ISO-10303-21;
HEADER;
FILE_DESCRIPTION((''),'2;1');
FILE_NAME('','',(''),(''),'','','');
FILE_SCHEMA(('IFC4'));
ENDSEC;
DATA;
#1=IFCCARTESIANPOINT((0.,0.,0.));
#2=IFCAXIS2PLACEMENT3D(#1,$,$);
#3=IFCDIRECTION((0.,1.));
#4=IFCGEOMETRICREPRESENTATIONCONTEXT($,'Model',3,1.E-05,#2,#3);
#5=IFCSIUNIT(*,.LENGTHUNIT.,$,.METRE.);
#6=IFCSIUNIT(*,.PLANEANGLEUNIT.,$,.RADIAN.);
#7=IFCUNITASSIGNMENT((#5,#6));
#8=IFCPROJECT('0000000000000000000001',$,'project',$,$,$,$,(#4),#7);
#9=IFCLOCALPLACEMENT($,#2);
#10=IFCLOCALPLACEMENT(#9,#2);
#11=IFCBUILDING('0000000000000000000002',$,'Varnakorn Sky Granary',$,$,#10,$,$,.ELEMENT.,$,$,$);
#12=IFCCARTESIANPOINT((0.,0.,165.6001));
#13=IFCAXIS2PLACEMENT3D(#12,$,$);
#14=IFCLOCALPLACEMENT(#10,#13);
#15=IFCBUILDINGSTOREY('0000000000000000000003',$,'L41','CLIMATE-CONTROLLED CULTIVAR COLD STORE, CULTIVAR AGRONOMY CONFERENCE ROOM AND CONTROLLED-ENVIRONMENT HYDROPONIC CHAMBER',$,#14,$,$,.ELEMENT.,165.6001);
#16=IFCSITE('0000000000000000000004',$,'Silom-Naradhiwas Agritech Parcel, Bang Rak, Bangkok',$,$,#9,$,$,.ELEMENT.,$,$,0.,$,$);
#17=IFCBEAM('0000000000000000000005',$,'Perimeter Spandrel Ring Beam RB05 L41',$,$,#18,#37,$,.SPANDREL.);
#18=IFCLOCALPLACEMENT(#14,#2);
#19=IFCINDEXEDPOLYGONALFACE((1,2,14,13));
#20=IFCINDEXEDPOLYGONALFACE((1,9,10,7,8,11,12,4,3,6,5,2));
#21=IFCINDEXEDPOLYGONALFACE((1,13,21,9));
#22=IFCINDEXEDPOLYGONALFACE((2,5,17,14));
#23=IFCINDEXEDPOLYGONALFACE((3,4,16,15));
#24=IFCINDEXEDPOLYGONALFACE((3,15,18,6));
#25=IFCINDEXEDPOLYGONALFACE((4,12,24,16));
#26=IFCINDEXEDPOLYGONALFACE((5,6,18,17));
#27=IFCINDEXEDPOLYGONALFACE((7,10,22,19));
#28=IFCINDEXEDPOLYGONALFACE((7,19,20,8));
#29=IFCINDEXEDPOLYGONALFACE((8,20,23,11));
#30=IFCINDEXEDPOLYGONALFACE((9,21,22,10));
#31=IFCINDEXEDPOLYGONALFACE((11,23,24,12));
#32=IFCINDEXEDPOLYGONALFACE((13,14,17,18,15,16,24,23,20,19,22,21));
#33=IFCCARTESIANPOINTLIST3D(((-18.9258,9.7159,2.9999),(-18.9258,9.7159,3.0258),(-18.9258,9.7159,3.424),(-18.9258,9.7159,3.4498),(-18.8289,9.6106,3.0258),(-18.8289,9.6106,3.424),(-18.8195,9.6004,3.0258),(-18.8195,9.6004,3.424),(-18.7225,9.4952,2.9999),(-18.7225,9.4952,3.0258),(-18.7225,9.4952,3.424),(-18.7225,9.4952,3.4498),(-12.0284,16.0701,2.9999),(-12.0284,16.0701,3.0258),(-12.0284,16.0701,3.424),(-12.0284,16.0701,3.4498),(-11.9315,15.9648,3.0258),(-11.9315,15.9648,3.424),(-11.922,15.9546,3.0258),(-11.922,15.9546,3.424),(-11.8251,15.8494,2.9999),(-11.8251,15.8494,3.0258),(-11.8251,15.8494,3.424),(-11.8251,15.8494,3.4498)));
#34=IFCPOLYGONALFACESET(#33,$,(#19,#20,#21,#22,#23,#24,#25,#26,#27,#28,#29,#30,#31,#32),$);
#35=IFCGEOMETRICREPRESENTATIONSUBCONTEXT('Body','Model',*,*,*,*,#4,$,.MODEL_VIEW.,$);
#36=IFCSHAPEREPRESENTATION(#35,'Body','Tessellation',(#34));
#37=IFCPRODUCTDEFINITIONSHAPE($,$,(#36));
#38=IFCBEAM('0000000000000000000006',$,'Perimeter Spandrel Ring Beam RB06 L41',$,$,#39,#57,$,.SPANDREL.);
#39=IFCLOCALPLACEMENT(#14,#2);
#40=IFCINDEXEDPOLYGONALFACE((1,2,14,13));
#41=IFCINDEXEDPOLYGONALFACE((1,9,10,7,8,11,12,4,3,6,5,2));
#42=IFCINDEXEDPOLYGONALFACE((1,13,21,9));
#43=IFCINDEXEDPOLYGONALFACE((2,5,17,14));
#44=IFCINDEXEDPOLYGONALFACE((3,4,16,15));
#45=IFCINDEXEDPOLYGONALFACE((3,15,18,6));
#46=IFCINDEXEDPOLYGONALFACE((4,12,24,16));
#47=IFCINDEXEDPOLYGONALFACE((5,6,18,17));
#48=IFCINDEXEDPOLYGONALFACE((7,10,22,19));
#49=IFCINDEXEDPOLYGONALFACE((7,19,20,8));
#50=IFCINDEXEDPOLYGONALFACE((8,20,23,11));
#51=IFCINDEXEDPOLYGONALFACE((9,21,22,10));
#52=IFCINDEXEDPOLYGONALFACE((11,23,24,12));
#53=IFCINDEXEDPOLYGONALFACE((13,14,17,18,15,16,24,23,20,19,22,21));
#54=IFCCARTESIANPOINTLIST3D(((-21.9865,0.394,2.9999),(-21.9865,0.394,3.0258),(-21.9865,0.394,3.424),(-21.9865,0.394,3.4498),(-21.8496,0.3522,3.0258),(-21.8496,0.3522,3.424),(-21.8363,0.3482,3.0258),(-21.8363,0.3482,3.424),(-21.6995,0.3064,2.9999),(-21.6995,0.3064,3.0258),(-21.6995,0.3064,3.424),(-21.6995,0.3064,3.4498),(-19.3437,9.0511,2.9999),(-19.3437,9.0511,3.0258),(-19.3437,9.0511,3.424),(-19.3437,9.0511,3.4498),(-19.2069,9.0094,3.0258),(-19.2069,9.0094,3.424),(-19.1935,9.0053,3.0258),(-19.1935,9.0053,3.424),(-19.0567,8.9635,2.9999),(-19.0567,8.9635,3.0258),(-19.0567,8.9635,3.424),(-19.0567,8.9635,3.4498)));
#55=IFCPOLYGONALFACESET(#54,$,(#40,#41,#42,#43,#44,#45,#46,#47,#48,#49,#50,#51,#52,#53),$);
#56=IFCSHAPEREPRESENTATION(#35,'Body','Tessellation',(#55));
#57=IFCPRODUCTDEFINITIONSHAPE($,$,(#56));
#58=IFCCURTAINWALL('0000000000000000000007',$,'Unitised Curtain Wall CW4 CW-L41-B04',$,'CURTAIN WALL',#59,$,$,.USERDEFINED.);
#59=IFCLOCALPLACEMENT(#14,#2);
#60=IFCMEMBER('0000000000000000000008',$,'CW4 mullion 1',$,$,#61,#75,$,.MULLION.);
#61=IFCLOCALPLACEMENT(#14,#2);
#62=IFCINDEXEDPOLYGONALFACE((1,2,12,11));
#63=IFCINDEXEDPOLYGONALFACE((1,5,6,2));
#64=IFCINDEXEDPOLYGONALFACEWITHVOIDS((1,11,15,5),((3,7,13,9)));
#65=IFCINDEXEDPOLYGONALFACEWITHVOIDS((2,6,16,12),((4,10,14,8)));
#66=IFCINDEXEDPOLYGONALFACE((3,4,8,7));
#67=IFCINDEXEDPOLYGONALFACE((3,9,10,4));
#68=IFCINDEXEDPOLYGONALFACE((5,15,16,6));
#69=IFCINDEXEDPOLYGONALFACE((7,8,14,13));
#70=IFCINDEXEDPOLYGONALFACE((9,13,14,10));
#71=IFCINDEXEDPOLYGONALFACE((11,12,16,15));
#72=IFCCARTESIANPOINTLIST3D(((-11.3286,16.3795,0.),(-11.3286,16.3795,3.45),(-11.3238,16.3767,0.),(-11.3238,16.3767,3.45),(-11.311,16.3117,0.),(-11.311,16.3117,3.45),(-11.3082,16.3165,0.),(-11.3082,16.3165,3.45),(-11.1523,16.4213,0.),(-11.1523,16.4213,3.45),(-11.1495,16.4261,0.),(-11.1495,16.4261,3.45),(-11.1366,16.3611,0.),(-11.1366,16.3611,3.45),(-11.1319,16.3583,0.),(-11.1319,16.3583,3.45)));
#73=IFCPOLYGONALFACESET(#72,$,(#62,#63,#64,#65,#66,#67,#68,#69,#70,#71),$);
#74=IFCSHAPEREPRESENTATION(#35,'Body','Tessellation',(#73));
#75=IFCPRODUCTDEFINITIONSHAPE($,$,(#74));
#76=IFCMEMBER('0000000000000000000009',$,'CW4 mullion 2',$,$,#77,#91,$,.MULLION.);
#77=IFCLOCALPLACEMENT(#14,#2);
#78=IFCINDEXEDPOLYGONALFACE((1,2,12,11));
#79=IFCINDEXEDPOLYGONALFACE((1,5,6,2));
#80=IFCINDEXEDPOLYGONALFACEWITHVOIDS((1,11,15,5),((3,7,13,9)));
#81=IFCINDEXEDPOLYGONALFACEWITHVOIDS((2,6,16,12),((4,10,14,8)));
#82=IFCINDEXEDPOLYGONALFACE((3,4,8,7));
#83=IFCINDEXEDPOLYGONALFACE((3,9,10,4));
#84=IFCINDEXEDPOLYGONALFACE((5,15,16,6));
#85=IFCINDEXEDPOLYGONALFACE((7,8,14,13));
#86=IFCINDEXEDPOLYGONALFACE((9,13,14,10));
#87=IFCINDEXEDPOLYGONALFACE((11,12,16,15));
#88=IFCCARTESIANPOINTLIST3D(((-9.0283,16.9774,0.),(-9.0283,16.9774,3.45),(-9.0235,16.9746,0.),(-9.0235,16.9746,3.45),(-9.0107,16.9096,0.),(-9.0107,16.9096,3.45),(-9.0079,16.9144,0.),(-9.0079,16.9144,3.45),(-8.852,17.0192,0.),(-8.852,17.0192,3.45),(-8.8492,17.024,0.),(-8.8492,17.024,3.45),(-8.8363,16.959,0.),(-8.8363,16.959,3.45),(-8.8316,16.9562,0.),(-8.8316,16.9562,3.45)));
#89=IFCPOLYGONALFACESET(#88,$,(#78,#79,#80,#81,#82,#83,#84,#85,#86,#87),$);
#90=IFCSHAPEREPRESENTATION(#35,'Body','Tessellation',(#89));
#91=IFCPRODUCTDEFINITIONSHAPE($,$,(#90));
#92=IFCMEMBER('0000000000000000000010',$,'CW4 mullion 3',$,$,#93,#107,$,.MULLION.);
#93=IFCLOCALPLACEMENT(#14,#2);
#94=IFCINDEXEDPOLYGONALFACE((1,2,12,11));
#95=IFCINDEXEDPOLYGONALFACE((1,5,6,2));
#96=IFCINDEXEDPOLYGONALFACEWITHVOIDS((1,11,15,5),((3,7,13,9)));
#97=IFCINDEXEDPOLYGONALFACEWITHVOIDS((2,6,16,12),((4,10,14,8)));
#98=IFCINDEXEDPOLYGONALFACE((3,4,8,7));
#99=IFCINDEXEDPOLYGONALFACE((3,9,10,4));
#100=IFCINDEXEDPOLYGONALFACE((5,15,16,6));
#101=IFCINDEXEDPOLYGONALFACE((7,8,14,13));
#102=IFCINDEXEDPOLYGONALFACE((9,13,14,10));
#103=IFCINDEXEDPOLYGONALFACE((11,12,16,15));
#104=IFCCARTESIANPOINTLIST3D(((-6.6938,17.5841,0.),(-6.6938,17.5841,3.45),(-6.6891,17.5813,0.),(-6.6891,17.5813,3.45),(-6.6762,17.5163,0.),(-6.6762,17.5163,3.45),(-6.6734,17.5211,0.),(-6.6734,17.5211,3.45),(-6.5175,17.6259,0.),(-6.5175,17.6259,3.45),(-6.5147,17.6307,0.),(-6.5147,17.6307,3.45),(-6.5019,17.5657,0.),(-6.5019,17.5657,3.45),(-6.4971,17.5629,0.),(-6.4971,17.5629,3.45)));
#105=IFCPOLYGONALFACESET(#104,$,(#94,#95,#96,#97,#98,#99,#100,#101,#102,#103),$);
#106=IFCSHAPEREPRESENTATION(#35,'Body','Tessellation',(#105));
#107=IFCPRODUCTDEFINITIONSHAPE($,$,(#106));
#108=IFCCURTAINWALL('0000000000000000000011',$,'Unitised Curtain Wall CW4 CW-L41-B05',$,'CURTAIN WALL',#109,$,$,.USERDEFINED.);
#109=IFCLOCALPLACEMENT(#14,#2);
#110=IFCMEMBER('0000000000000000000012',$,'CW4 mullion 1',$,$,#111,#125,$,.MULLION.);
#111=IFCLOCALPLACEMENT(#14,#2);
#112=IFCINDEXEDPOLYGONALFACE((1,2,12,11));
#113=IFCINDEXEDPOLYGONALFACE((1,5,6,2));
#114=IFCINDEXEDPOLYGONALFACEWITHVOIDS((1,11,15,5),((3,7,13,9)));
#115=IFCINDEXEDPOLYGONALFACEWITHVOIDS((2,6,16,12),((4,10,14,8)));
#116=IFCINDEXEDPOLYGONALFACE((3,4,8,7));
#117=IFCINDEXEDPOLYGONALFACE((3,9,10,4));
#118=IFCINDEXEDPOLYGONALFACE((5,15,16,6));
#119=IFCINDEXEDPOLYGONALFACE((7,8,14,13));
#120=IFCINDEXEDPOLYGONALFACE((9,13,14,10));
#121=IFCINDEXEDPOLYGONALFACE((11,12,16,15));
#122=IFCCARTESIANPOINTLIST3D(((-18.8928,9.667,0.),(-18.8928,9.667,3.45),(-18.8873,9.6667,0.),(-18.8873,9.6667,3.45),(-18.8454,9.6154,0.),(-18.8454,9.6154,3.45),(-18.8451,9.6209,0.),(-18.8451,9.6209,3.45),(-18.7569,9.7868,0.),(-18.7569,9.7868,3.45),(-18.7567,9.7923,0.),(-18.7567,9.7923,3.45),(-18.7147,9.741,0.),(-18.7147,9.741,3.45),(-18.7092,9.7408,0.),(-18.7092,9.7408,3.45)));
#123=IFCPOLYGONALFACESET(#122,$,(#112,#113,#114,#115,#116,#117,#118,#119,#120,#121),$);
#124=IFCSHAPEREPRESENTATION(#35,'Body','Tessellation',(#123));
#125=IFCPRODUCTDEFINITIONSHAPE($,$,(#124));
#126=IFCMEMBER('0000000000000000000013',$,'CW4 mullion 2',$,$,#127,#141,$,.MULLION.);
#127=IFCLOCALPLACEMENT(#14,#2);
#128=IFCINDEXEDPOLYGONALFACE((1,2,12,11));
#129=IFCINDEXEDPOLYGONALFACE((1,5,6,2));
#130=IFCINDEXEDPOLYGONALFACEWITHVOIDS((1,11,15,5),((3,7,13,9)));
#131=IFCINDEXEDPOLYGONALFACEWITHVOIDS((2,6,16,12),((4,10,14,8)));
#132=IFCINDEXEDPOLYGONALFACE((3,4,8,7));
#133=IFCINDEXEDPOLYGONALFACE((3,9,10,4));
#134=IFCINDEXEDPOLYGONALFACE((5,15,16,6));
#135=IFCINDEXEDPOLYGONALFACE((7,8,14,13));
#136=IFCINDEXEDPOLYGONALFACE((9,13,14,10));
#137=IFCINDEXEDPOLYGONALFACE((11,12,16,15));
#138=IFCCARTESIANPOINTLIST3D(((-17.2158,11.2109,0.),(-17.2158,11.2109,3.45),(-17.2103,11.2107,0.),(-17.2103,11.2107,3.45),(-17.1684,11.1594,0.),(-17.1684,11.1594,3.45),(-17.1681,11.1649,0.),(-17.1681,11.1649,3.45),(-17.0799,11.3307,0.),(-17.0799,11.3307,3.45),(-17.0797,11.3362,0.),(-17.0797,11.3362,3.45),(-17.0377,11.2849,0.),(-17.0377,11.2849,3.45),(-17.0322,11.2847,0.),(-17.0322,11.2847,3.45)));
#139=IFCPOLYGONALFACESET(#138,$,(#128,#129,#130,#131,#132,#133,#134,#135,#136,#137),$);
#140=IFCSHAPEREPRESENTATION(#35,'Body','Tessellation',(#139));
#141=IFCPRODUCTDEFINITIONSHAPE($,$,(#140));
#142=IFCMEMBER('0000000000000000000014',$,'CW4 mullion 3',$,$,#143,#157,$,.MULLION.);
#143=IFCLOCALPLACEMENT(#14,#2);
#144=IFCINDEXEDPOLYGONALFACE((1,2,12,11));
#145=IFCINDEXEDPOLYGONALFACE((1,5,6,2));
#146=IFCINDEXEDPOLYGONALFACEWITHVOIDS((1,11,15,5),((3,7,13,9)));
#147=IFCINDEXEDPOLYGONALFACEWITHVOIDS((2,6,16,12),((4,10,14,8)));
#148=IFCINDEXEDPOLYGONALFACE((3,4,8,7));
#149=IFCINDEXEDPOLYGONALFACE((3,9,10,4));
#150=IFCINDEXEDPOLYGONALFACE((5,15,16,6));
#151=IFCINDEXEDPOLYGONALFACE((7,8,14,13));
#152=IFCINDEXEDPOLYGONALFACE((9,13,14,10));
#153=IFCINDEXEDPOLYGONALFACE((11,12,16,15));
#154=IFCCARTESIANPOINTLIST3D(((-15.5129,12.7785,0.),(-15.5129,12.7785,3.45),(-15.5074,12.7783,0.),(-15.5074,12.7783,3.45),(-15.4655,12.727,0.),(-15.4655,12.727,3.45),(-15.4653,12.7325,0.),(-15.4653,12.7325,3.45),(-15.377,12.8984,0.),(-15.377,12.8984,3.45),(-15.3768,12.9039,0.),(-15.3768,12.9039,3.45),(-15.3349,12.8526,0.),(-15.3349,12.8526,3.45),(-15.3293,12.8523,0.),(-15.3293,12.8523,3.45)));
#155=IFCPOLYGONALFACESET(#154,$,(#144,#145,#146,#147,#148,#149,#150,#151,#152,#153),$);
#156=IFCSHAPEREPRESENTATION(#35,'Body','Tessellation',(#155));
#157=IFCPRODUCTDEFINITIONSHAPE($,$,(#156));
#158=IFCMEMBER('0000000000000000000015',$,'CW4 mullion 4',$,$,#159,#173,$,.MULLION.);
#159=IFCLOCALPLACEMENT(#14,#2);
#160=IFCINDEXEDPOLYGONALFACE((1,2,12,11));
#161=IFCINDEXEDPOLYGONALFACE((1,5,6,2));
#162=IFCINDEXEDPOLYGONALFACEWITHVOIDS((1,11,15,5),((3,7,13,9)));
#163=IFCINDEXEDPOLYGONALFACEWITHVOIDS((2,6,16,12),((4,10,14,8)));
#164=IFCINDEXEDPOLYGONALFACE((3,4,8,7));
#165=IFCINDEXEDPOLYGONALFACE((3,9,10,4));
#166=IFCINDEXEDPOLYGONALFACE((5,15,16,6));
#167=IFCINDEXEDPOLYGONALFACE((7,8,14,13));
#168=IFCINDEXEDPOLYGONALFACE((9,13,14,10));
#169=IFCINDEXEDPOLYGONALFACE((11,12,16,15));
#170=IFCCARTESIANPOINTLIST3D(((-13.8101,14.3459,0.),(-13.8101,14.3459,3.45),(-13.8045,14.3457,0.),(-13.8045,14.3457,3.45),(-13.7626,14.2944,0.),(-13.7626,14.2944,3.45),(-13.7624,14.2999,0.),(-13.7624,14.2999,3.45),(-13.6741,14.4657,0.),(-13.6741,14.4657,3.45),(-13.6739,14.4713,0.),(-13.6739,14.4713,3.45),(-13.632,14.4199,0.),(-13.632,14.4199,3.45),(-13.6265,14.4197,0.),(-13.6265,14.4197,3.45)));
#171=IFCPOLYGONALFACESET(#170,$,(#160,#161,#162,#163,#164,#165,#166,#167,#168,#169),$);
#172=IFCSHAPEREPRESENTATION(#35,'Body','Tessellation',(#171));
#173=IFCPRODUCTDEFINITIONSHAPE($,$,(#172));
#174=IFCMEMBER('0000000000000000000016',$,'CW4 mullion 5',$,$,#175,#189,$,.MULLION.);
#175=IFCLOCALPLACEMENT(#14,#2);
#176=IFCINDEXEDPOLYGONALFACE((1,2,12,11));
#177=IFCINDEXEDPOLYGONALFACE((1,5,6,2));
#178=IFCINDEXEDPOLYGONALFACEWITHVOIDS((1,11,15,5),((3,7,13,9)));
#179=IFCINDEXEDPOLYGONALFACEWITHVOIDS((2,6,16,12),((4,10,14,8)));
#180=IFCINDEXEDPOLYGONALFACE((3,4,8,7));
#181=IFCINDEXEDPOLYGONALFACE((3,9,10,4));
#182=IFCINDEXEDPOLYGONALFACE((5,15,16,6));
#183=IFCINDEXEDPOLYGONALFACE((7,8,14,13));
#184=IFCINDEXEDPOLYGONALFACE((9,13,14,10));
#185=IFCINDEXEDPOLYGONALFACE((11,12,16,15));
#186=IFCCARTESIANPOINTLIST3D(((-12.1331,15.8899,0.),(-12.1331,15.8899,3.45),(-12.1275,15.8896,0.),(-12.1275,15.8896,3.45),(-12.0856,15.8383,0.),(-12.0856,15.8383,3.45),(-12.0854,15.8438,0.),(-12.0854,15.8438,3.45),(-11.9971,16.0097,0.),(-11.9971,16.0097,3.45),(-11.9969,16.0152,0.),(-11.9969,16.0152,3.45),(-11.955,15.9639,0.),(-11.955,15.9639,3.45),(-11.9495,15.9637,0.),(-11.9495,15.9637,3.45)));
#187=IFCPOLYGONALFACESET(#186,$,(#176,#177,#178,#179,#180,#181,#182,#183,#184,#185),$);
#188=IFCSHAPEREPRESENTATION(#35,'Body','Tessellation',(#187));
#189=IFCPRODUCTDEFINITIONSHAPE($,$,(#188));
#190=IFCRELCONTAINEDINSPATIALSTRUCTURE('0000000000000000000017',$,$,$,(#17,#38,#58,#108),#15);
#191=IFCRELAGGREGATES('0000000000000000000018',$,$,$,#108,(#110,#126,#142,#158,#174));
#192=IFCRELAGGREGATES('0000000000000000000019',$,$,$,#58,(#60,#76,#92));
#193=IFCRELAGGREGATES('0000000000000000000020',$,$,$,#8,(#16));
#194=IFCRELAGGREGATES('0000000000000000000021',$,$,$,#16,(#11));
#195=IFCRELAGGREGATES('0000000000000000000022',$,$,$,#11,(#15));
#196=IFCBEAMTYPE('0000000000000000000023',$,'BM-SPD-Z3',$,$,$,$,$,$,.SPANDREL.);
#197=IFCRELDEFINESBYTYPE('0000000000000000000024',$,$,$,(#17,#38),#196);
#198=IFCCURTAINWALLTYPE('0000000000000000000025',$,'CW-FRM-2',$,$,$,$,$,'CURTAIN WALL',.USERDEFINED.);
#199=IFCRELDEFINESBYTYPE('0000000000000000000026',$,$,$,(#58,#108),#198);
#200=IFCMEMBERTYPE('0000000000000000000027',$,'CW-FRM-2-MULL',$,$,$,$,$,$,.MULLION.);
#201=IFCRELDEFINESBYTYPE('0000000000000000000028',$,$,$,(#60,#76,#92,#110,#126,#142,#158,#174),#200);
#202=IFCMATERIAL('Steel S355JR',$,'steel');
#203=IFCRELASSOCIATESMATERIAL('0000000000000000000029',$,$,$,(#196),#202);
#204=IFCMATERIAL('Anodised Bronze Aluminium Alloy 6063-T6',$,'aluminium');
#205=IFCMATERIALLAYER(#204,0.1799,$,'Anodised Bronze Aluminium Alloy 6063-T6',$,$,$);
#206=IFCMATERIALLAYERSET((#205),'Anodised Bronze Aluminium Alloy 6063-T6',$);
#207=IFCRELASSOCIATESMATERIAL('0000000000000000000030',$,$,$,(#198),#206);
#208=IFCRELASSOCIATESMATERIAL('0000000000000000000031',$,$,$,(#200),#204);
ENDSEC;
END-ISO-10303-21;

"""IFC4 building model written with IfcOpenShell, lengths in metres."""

from ifc_helpers import new_model, si_unit, direction, frame, origin, origin_2d, place, context, subcontext, project, spatial, hollow_rectangle, i_section, extrude, material, layer, layer_set, material_profile, profile_set, type_object, element, aggregate, save


model = new_model("IFC4")

# Units and contexts
model_context = context("Model", 3, precision=1e-05, world=origin(), true_north=direction((0.0, 1.0)))
body_context = subcontext(model_context, "Body", "Model", "MODEL_VIEW")
ifc_project = project(units=[si_unit("LENGTHUNIT", "METRE"), si_unit("PLANEANGLEUNIT", "RADIAN")], contexts=[model_context])

# Site, building, storey
site_placement = place(None, origin())
site = spatial("IfcSite", under=ifc_project, at=site_placement, Name="Silom-Naradhiwas Agritech Parcel, Bang Rak, Bangkok", CompositionType="ELEMENT", RefElevation=0.0)
building_placement = place(site_placement, origin())
building = spatial("IfcBuilding", under=site, at=building_placement, Name="Varnakorn Sky Granary", CompositionType="ELEMENT")
storey_placement = place(building_placement, frame((0.0, 0.0, 165.6001)))
storey = spatial("IfcBuildingStorey", under=building, at=storey_placement, Name="L41", Description="CLIMATE-CONTROLLED CULTIVAR COLD STORE, CULTIVAR AGRONOMY CONFERENCE ROOM AND CONTROLLED-ENVIRONMENT HYDROPONIC CHAMBER", CompositionType="ELEMENT", Elevation=165.6001)

# Beams
ifc_material_1 = material(Name="Steel S355JR", Category="steel")
ifc_material_profile_1 = material_profile(ifc_material_1, i_section(OverallWidth=0.3, OverallDepth=0.45, WebThickness=0.0139, FlangeThickness=0.0259, at=origin_2d()), Name="HE 450 B")
ifc_profile_set_1 = profile_set([ifc_material_profile_1], Name="Steel S355JR")
beam_type_1 = type_object("IfcBeamType", Name="BM-SPD-Z3", PredefinedType="SPANDREL", material=ifc_profile_set_1)
beam_1_placement = place(storey_placement, frame((-11.9268, 15.9597, 3.2249), z_axis=(-0.735475, -0.677552, 0.0), x_axis=(0.677552, -0.735475, 0.0)))
element("IfcBeam", 1, at=beam_1_placement, inside=storey, type_object=beam_type_1, Name="Perimeter Spandrel Ring Beam RB05 L41", PredefinedType="SPANDREL", context=body_context, shape_type="SweptSolid", body=[
    extrude(i_section(OverallWidth=0.3, OverallDepth=0.45, WebThickness=0.0139, FlangeThickness=0.0259, at=origin_2d()), origin(), (0.0, 0.0, 1.0), 9.3782),
])
beam_2_placement = place(storey_placement, frame((-19.2002, 9.0073, 3.2249), z_axis=(-0.291972, -0.956427, 0.0), x_axis=(0.956427, -0.291972, 0.0)))
element("IfcBeam", 2, at=beam_2_placement, inside=storey, type_object=beam_type_1, Name="Perimeter Spandrel Ring Beam RB06 L41", PredefinedType="SPANDREL", context=body_context, shape_type="SweptSolid", body=[
    extrude(i_section(OverallWidth=0.3, OverallDepth=0.45, WebThickness=0.0139, FlangeThickness=0.0259, at=origin_2d()), origin(), (0.0, 0.0, 1.0), 9.0515),
])

# Curtain walls, members
ifc_material_2 = material(Name="Anodised Bronze Aluminium Alloy 6063-T6", Category="aluminium")
ifc_layer_1 = layer(ifc_material_2, 0.1799, Name="Anodised Bronze Aluminium Alloy 6063-T6")
ifc_layer_set_1 = layer_set([ifc_layer_1], Name="Anodised Bronze Aluminium Alloy 6063-T6")
curtain_wall_type = type_object("IfcCurtainWallType", Name="CW-FRM-2", ElementType="CURTAIN WALL", PredefinedType="USERDEFINED", material=ifc_layer_set_1)
curtain_wall_1_placement = place(storey_placement, origin())
curtain_wall_1 = element("IfcCurtainWall", 3, at=curtain_wall_1_placement, inside=storey, type_object=curtain_wall_type, Name="Unitised Curtain Wall CW4 CW-L41-B04", ObjectType="CURTAIN WALL", PredefinedType="USERDEFINED")
ifc_material_profile_2 = material_profile(ifc_material_2, hollow_rectangle(XDim=0.0701, YDim=0.1851, WallThickness=0.0039, at=origin_2d()), Name="ALU MULL 70x185")
ifc_profile_set_2 = profile_set([ifc_material_profile_2], Name="Anodised Bronze Aluminium Alloy 6063-T6")
member_type_1 = type_object("IfcMemberType", Name="CW-FRM-2-MULL", PredefinedType="MULLION", material=ifc_profile_set_2)
member_1_placement = place(storey_placement, frame((-11.2302, 16.3689, 0.0), z_axis=(0.0, 0.0, 1.0), x_axis=(-0.251564, 0.967841, 0.0)))
member_1 = element("IfcMember", 4, at=member_1_placement, type_object=member_type_1, Name="CW4 mullion 1", PredefinedType="MULLION", context=body_context, shape_type="SweptSolid", body=[
    extrude(hollow_rectangle(XDim=0.0701, YDim=0.1851, WallThickness=0.0039, at=origin_2d()), origin(), (0.0, 0.0, 1.0), 3.45),
])
member_2_placement = place(storey_placement, frame((-8.9299, 16.9668, 0.0), z_axis=(0.0, 0.0, 1.0), x_axis=(-0.251564, 0.967841, 0.0)))
member_2 = element("IfcMember", 5, at=member_2_placement, type_object=member_type_1, Name="CW4 mullion 2", PredefinedType="MULLION", context=body_context, shape_type="SweptSolid", body=[
    extrude(hollow_rectangle(XDim=0.0701, YDim=0.1851, WallThickness=0.0039, at=origin_2d()), origin(), (0.0, 0.0, 1.0), 3.45),
])
member_3_placement = place(storey_placement, frame((-6.5955, 17.5735, 0.0), z_axis=(0.0, 0.0, 1.0), x_axis=(-0.251564, 0.967841, 0.0)))
member_3 = element("IfcMember", 6, at=member_3_placement, type_object=member_type_1, Name="CW4 mullion 3", PredefinedType="MULLION", context=body_context, shape_type="SweptSolid", body=[
    extrude(hollow_rectangle(XDim=0.0701, YDim=0.1851, WallThickness=0.0039, at=origin_2d()), origin(), (0.0, 0.0, 1.0), 3.45),
])
curtain_wall_2_placement = place(storey_placement, origin())
curtain_wall_2 = element("IfcCurtainWall", 7, at=curtain_wall_2_placement, inside=storey, type_object=curtain_wall_type, Name="Unitised Curtain Wall CW4 CW-L41-B05", ObjectType="CURTAIN WALL", PredefinedType="USERDEFINED")
member_4_placement = place(storey_placement, frame((-18.801, 9.7039, 0.0), z_axis=(0.0, 0.0, 1.0), x_axis=(-0.677285, 0.735721, 0.0)))
member_4 = element("IfcMember", 8, at=member_4_placement, type_object=member_type_1, Name="CW4 mullion 1", PredefinedType="MULLION", context=body_context, shape_type="SweptSolid", body=[
    extrude(hollow_rectangle(XDim=0.0701, YDim=0.1851, WallThickness=0.0039, at=origin_2d()), origin(), (0.0, 0.0, 1.0), 3.45),
])
member_5_placement = place(storey_placement, frame((-17.124, 11.2478, 0.0), z_axis=(0.0, 0.0, 1.0), x_axis=(-0.677285, 0.735721, 0.0)))
member_5 = element("IfcMember", 9, at=member_5_placement, type_object=member_type_1, Name="CW4 mullion 2", PredefinedType="MULLION", context=body_context, shape_type="SweptSolid", body=[
    extrude(hollow_rectangle(XDim=0.0701, YDim=0.1851, WallThickness=0.0039, at=origin_2d()), origin(), (0.0, 0.0, 1.0), 3.45),
])
member_6_placement = place(storey_placement, frame((-15.4211, 12.8154, 0.0), z_axis=(0.0, 0.0, 1.0), x_axis=(-0.677285, 0.735721, 0.0)))
member_6 = element("IfcMember", 10, at=member_6_placement, type_object=member_type_1, Name="CW4 mullion 3", PredefinedType="MULLION", context=body_context, shape_type="SweptSolid", body=[
    extrude(hollow_rectangle(XDim=0.0701, YDim=0.1851, WallThickness=0.0039, at=origin_2d()), origin(), (0.0, 0.0, 1.0), 3.45),
])
member_7_placement = place(storey_placement, frame((-13.7183, 14.3828, 0.0), z_axis=(0.0, 0.0, 1.0), x_axis=(-0.677285, 0.735721, 0.0)))
member_7 = element("IfcMember", 11, at=member_7_placement, type_object=member_type_1, Name="CW4 mullion 4", PredefinedType="MULLION", context=body_context, shape_type="SweptSolid", body=[
    extrude(hollow_rectangle(XDim=0.0701, YDim=0.1851, WallThickness=0.0039, at=origin_2d()), origin(), (0.0, 0.0, 1.0), 3.45),
])
member_8_placement = place(storey_placement, frame((-12.0413, 15.9268, 0.0), z_axis=(0.0, 0.0, 1.0), x_axis=(-0.677285, 0.735721, 0.0)))
member_8 = element("IfcMember", 12, at=member_8_placement, type_object=member_type_1, Name="CW4 mullion 5", PredefinedType="MULLION", context=body_context, shape_type="SweptSolid", body=[
    extrude(hollow_rectangle(XDim=0.0701, YDim=0.1851, WallThickness=0.0039, at=origin_2d()), origin(), (0.0, 0.0, 1.0), 3.45),
])

aggregate(curtain_wall_2, [member_4, member_5, member_6, member_7, member_8])
aggregate(curtain_wall_1, [member_1, member_2, member_3])

save(model, "model.ifc")
